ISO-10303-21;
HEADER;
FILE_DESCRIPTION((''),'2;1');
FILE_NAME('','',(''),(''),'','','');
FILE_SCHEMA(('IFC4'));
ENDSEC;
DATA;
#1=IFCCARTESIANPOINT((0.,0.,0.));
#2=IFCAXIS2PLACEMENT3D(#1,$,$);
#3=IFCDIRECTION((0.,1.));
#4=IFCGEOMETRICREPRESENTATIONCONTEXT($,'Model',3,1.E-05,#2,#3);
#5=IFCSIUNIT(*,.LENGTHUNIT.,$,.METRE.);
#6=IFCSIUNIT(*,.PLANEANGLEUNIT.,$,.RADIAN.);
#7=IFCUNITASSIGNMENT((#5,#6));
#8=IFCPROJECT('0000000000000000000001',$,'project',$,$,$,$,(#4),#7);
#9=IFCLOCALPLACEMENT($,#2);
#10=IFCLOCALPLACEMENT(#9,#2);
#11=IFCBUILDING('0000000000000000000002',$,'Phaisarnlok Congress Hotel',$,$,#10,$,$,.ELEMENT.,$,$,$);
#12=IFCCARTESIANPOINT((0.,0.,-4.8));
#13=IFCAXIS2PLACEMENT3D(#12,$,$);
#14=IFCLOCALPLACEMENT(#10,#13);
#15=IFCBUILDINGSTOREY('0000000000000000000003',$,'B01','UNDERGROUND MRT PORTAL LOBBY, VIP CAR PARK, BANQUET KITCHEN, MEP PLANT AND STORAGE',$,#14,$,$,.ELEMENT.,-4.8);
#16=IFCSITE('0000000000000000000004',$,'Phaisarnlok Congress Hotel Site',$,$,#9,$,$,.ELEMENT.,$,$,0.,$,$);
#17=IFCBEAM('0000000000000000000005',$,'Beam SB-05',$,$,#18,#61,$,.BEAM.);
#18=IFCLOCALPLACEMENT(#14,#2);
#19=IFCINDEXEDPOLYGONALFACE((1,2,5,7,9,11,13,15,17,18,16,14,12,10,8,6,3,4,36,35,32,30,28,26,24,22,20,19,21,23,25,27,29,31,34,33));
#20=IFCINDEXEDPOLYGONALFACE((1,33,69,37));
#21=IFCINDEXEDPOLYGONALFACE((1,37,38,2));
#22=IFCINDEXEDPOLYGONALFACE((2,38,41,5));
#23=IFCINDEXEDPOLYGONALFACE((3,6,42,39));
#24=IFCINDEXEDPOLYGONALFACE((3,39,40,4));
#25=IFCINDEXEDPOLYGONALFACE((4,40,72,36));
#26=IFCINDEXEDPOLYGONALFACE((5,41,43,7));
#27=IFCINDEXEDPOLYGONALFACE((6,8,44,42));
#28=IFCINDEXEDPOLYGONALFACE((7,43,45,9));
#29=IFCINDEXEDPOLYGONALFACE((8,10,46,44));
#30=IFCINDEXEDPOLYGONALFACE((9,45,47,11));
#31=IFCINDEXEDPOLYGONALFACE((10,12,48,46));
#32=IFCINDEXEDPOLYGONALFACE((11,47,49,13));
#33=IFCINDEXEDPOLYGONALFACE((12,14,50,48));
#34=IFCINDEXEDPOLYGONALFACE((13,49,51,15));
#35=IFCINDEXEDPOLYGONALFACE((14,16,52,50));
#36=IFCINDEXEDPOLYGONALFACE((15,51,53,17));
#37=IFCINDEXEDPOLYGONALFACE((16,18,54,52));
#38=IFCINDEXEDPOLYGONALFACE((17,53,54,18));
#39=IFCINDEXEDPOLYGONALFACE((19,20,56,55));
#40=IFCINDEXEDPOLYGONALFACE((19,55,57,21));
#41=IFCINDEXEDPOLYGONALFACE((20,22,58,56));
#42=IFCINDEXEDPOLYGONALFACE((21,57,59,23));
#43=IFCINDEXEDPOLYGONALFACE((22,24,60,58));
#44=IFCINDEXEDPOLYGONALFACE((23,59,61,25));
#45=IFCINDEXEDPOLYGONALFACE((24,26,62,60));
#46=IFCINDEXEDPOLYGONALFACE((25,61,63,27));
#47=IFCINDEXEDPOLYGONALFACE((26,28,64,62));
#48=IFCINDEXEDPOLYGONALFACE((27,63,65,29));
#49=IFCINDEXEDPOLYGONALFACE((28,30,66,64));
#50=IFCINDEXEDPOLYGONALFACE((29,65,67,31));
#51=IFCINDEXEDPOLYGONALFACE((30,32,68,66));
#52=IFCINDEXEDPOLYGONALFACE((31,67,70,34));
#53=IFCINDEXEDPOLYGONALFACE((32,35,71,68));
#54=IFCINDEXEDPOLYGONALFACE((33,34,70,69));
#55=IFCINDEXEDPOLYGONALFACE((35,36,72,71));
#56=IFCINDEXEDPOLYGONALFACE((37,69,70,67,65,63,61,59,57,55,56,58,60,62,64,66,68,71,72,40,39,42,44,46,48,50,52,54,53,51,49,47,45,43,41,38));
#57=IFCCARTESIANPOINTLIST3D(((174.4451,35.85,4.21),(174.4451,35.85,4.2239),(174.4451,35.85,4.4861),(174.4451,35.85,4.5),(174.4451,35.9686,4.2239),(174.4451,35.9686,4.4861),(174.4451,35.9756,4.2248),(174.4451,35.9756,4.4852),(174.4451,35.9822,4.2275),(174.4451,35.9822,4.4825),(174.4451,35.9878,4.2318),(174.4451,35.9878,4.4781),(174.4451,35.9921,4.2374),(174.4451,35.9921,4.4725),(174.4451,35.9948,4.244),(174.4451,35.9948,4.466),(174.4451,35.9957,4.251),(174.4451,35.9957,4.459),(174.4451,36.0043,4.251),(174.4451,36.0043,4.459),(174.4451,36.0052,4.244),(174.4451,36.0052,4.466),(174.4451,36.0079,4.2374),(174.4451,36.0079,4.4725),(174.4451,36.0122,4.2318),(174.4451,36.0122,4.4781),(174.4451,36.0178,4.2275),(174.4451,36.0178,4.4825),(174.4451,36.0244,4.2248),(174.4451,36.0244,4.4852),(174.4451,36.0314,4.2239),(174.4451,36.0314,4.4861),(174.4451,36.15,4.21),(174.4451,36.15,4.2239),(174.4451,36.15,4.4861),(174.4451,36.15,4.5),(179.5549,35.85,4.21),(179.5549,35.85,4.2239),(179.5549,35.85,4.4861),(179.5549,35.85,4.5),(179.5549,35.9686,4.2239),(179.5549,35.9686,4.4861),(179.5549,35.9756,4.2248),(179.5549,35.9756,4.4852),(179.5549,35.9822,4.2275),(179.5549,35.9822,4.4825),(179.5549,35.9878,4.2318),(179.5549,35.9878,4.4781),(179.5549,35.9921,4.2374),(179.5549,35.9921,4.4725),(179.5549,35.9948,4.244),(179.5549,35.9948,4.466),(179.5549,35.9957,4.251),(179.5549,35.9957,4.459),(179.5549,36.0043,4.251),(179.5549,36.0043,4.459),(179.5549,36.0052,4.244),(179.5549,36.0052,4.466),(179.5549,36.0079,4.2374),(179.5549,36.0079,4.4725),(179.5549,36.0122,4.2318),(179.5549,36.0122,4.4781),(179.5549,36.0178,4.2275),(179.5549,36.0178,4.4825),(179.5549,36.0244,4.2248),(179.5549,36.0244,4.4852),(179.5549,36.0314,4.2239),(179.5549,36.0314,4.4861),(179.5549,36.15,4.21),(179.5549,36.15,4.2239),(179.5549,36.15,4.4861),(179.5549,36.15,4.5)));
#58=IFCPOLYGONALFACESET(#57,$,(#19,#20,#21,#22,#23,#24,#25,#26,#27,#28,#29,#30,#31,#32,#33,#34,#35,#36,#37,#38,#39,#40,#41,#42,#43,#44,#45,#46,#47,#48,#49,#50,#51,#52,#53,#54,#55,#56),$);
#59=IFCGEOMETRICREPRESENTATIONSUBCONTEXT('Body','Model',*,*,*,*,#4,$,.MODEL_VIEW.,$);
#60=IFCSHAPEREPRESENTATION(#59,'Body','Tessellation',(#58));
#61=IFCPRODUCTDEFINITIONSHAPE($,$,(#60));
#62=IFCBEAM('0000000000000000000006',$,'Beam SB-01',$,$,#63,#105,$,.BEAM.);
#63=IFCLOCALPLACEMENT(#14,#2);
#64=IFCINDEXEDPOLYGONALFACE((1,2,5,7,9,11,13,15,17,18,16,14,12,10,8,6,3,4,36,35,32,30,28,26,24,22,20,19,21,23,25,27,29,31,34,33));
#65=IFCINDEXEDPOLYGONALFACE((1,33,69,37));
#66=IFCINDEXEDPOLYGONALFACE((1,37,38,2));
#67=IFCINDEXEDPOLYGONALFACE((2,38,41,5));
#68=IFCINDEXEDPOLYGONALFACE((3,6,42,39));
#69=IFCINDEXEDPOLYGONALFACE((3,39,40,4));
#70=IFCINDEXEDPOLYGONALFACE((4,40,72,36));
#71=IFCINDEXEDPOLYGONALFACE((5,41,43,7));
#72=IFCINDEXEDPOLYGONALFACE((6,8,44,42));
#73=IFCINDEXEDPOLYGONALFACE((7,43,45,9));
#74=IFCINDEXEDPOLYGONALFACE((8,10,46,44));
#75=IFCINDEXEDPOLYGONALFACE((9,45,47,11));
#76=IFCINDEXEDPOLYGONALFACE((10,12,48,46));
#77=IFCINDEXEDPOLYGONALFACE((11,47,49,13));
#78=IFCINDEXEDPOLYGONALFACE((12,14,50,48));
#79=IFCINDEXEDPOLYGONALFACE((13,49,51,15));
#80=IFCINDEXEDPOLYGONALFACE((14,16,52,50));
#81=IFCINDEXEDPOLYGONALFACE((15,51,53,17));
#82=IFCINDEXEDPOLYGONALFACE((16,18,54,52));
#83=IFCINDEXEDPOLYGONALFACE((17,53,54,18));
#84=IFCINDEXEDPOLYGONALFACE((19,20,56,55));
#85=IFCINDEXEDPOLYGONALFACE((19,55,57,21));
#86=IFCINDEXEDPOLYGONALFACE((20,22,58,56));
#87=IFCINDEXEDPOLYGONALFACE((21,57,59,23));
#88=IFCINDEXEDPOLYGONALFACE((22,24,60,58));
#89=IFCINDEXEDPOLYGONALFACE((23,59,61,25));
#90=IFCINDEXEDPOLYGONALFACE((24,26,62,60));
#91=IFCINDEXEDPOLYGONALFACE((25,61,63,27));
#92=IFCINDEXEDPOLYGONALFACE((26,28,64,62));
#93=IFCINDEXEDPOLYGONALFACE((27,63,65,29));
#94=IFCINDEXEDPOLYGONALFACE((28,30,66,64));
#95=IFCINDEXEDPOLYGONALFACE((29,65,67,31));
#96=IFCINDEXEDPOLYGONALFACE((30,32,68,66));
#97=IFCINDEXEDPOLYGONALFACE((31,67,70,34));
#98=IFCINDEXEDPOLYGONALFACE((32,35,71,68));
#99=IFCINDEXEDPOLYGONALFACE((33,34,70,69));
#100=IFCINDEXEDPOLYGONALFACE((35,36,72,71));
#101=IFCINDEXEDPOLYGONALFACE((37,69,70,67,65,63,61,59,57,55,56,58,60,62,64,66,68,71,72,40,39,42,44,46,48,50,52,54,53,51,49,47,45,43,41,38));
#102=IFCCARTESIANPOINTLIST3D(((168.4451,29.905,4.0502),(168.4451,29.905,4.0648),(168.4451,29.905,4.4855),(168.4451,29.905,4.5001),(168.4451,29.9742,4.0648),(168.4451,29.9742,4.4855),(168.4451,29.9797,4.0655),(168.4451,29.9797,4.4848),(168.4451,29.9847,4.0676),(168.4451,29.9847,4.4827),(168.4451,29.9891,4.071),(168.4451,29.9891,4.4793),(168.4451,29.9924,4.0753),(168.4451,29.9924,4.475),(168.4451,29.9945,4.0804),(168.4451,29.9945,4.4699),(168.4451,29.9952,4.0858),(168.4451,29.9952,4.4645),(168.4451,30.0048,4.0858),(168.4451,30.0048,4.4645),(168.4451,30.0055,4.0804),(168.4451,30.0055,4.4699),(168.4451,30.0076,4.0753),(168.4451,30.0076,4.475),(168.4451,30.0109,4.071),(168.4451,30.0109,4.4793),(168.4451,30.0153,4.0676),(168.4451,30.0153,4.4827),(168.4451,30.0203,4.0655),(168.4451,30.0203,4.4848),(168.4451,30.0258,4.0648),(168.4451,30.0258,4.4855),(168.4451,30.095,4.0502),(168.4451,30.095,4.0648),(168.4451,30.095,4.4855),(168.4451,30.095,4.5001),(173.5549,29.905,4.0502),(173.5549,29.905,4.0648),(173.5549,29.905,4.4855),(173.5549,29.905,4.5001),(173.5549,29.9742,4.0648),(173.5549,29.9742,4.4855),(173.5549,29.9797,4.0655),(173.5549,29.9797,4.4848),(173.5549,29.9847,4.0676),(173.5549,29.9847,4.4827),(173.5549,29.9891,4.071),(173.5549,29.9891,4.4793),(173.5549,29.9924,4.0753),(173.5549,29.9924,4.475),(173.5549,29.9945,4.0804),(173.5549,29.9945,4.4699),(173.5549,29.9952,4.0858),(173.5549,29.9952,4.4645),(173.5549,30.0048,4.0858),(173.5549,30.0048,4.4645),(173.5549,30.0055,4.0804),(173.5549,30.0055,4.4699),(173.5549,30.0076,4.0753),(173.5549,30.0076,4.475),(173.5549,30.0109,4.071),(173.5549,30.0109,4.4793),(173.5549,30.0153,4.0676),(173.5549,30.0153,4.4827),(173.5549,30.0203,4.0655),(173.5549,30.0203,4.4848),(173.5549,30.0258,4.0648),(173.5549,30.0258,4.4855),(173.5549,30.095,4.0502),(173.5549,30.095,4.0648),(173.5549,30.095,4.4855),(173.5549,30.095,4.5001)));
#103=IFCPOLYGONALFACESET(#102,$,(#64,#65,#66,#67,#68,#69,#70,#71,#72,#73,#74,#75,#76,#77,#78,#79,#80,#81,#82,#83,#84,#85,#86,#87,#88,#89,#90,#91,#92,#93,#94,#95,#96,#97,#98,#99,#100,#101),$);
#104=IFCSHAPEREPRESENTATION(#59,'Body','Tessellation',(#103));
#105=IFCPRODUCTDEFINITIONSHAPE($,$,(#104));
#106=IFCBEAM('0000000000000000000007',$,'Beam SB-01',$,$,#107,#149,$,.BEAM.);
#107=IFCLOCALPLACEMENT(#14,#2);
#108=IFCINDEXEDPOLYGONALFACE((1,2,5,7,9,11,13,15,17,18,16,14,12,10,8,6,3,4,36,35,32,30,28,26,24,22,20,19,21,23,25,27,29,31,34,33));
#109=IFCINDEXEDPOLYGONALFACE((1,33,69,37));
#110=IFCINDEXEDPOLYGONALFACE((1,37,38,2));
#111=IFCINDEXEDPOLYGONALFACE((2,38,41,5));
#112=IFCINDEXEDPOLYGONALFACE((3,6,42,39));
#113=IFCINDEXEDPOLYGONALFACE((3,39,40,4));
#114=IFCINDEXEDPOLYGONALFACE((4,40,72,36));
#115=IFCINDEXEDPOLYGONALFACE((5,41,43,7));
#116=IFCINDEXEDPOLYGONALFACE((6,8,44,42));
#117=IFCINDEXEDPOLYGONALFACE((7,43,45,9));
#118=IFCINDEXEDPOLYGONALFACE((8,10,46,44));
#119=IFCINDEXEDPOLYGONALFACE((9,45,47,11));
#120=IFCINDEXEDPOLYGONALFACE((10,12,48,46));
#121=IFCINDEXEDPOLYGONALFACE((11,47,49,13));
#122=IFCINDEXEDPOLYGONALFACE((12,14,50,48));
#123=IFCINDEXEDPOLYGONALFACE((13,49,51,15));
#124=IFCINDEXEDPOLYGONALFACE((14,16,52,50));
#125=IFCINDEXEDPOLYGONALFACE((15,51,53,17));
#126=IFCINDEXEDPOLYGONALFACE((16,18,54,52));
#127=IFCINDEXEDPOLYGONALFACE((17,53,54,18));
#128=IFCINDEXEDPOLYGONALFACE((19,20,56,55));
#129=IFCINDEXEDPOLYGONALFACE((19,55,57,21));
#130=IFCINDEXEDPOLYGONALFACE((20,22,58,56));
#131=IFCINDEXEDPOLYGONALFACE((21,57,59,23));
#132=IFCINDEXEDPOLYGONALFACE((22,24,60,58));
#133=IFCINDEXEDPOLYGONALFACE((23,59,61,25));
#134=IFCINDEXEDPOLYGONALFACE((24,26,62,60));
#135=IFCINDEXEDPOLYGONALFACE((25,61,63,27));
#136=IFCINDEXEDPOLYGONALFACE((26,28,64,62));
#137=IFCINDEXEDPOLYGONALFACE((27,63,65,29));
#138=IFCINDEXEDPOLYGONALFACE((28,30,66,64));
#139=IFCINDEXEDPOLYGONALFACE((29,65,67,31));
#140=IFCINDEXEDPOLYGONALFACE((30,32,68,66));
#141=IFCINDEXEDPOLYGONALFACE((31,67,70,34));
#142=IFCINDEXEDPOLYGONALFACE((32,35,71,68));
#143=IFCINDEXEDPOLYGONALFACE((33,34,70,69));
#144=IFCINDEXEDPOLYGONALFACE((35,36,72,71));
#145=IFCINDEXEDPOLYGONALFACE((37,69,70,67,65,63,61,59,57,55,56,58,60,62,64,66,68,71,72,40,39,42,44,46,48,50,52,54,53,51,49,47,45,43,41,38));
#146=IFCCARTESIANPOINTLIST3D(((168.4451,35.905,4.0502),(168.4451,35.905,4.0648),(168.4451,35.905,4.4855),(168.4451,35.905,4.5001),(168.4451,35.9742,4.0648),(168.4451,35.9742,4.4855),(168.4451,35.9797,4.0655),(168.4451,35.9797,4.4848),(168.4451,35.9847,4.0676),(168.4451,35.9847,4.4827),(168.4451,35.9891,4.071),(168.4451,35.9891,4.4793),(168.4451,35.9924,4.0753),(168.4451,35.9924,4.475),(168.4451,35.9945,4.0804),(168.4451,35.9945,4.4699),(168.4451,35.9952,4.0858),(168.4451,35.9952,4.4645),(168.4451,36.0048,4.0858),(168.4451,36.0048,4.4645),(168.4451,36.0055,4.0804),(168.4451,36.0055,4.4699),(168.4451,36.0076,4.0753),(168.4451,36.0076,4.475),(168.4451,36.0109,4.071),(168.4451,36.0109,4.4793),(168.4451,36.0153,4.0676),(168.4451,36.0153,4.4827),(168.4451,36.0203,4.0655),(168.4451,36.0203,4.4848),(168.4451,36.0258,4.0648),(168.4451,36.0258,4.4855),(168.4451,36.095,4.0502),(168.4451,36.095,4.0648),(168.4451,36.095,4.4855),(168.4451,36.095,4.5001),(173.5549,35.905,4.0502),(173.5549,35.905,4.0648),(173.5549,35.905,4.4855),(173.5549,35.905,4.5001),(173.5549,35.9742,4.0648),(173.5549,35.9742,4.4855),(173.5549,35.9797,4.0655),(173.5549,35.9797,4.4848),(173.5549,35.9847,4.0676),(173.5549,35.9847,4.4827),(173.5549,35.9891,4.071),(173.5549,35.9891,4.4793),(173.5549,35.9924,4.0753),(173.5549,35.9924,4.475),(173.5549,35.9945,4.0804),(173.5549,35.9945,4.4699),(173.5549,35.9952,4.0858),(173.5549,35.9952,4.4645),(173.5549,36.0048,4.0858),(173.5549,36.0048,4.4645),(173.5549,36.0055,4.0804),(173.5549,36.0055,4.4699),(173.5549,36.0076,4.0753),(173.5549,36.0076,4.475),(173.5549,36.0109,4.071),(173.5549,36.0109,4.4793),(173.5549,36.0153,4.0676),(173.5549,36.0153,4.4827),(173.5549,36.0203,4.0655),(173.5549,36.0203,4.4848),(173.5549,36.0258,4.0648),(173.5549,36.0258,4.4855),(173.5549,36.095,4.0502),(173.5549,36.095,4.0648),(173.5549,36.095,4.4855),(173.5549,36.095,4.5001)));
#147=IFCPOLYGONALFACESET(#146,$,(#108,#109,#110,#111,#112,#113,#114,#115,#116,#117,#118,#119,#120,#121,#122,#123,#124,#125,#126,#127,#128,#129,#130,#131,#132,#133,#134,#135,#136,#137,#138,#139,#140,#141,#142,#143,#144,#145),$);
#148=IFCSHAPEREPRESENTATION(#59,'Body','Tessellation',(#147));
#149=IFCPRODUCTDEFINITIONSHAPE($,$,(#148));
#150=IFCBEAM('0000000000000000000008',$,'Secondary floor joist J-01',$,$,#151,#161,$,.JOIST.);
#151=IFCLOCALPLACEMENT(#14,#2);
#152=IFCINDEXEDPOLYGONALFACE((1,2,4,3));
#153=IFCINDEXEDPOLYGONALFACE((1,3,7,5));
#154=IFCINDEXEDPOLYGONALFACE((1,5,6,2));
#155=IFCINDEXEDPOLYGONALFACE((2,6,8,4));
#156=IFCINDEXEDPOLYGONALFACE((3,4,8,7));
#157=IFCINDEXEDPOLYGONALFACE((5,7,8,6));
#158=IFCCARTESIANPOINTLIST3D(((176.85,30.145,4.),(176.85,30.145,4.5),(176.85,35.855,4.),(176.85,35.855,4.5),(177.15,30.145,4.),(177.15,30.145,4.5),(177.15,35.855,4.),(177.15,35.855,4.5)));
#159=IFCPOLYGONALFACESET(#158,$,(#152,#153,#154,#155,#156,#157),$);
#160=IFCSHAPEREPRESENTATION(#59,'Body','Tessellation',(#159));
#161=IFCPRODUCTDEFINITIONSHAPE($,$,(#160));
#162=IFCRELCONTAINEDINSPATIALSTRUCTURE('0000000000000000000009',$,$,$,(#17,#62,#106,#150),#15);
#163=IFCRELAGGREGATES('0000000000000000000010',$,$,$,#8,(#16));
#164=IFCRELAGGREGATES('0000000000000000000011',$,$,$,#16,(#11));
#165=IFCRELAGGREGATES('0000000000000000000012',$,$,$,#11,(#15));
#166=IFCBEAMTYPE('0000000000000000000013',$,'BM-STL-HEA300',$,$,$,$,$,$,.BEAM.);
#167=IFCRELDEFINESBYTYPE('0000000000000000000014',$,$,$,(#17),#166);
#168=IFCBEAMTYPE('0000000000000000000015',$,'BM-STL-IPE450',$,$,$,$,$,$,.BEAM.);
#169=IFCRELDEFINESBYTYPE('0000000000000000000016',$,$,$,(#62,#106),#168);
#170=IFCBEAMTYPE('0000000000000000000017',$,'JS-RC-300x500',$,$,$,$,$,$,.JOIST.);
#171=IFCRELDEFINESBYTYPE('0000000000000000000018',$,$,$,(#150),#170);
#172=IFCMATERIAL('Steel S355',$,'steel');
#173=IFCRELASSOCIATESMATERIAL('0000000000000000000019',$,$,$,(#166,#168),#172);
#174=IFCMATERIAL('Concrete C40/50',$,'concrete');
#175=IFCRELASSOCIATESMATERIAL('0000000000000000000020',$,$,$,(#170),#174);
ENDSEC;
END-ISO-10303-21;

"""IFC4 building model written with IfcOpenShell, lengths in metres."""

from ifc_helpers import new_model, si_unit, direction, frame, origin, origin_2d, place, context, subcontext, project, spatial, rectangle, i_section, extrude, material, material_profile, profile_set, type_object, element, save


model = new_model("IFC4")

# Units and contexts
model_context = context("Model", 3, precision=1e-05, world=origin(), true_north=direction((0.0, 1.0)))
body_context = subcontext(model_context, "Body", "Model", "MODEL_VIEW")
ifc_project = project(units=[si_unit("LENGTHUNIT", "METRE"), si_unit("PLANEANGLEUNIT", "RADIAN")], contexts=[model_context])

# Site, building, storey
site_placement = place(None, origin())
site = spatial("IfcSite", under=ifc_project, at=site_placement, Name="Phaisarnlok Congress Hotel Site", CompositionType="ELEMENT", RefElevation=0.0)
building_placement = place(site_placement, origin())
building = spatial("IfcBuilding", under=site, at=building_placement, Name="Phaisarnlok Congress Hotel", CompositionType="ELEMENT")
storey_placement = place(building_placement, frame((0.0, 0.0, -4.8)))
storey = spatial("IfcBuildingStorey", under=building, at=storey_placement, Name="B01", Description="UNDERGROUND MRT PORTAL LOBBY, VIP CAR PARK, BANQUET KITCHEN, MEP PLANT AND STORAGE", CompositionType="ELEMENT", Elevation=-4.8)

# Shared definitions
ifc_material_1 = material(Name="Concrete C40/50", Category="concrete")

# Beams
ifc_material_2 = material(Name="Steel S355", Category="steel")
ifc_material_profile_1 = material_profile(ifc_material_2, i_section(OverallWidth=0.3, OverallDepth=0.29, WebThickness=0.0085, FlangeThickness=0.0139, FilletRadius=0.0271, at=origin_2d()), Name="HEA 300")
ifc_profile_set_1 = profile_set([ifc_material_profile_1], Name="Steel S355")
beam_type_1 = type_object("IfcBeamType", Name="BM-STL-HEA300", PredefinedType="BEAM", material=ifc_profile_set_1)
for number, where, z_axis, x_axis, name in (
    (1, (174.4451, 36.0, 4.355), (1.0, 0.0, 0.0), (0.0, 1.0, 0.0), "Beam SB-05"),
):
    element("IfcBeam", number, at=place(storey_placement, frame(where, z_axis=z_axis, x_axis=x_axis)), inside=storey, type_object=beam_type_1, Name=name, PredefinedType="BEAM", context=body_context, shape_type="SweptSolid", body=[
        extrude(i_section(OverallWidth=0.3, OverallDepth=0.29, WebThickness=0.0085, FlangeThickness=0.0139, FilletRadius=0.0271, at=origin_2d()), origin(), (0.0, 0.0, 1.0), 5.1099),
    ])
ifc_material_profile_2 = material_profile(ifc_material_2, i_section(OverallWidth=0.1899, OverallDepth=0.45, WebThickness=0.0095, FlangeThickness=0.0146, FilletRadius=0.021, at=origin_2d()), Name="IPE 450")
ifc_profile_set_2 = profile_set([ifc_material_profile_2], Name="Steel S355")
beam_type_2 = type_object("IfcBeamType", Name="BM-STL-IPE450", PredefinedType="BEAM", material=ifc_profile_set_2)
for number, where, z_axis, x_axis, name in (
    (2, (168.4451, 30.0, 4.2751), (1.0, 0.0, 0.0), (0.0, 1.0, 0.0), "Beam SB-01"),
    (3, (168.4451, 36.0, 4.2751), (1.0, 0.0, 0.0), (0.0, 1.0, 0.0), "Beam SB-01"),
):
    element("IfcBeam", number, at=place(storey_placement, frame(where, z_axis=z_axis, x_axis=x_axis)), inside=storey, type_object=beam_type_2, Name=name, PredefinedType="BEAM", context=body_context, shape_type="SweptSolid", body=[
        extrude(i_section(OverallWidth=0.1899, OverallDepth=0.45, WebThickness=0.0095, FlangeThickness=0.0146, FilletRadius=0.021, at=origin_2d()), origin(), (0.0, 0.0, 1.0), 5.1099),
    ])
ifc_material_profile_3 = material_profile(ifc_material_1, rectangle(XDim=0.3, YDim=0.5, at=origin_2d()), Name="RC 300x500")
ifc_profile_set_3 = profile_set([ifc_material_profile_3], Name="Concrete C40/50")
beam_type_3 = type_object("IfcBeamType", Name="JS-RC-300x500", PredefinedType="JOIST", material=ifc_profile_set_3)
beam_1_placement = place(storey_placement, frame((177.0, 30.145, 4.25), z_axis=(0.0, 1.0, 0.0), x_axis=(-1.0, 0.0, 0.0)))
element("IfcBeam", 4, at=beam_1_placement, inside=storey, type_object=beam_type_3, Name="Secondary floor joist J-01", PredefinedType="JOIST", context=body_context, shape_type="SweptSolid", body=[
    extrude(rectangle(XDim=0.3, YDim=0.5, at=origin_2d()), origin(), (0.0, 0.0, 1.0), 5.71),
])

save(model, "model.ifc")
